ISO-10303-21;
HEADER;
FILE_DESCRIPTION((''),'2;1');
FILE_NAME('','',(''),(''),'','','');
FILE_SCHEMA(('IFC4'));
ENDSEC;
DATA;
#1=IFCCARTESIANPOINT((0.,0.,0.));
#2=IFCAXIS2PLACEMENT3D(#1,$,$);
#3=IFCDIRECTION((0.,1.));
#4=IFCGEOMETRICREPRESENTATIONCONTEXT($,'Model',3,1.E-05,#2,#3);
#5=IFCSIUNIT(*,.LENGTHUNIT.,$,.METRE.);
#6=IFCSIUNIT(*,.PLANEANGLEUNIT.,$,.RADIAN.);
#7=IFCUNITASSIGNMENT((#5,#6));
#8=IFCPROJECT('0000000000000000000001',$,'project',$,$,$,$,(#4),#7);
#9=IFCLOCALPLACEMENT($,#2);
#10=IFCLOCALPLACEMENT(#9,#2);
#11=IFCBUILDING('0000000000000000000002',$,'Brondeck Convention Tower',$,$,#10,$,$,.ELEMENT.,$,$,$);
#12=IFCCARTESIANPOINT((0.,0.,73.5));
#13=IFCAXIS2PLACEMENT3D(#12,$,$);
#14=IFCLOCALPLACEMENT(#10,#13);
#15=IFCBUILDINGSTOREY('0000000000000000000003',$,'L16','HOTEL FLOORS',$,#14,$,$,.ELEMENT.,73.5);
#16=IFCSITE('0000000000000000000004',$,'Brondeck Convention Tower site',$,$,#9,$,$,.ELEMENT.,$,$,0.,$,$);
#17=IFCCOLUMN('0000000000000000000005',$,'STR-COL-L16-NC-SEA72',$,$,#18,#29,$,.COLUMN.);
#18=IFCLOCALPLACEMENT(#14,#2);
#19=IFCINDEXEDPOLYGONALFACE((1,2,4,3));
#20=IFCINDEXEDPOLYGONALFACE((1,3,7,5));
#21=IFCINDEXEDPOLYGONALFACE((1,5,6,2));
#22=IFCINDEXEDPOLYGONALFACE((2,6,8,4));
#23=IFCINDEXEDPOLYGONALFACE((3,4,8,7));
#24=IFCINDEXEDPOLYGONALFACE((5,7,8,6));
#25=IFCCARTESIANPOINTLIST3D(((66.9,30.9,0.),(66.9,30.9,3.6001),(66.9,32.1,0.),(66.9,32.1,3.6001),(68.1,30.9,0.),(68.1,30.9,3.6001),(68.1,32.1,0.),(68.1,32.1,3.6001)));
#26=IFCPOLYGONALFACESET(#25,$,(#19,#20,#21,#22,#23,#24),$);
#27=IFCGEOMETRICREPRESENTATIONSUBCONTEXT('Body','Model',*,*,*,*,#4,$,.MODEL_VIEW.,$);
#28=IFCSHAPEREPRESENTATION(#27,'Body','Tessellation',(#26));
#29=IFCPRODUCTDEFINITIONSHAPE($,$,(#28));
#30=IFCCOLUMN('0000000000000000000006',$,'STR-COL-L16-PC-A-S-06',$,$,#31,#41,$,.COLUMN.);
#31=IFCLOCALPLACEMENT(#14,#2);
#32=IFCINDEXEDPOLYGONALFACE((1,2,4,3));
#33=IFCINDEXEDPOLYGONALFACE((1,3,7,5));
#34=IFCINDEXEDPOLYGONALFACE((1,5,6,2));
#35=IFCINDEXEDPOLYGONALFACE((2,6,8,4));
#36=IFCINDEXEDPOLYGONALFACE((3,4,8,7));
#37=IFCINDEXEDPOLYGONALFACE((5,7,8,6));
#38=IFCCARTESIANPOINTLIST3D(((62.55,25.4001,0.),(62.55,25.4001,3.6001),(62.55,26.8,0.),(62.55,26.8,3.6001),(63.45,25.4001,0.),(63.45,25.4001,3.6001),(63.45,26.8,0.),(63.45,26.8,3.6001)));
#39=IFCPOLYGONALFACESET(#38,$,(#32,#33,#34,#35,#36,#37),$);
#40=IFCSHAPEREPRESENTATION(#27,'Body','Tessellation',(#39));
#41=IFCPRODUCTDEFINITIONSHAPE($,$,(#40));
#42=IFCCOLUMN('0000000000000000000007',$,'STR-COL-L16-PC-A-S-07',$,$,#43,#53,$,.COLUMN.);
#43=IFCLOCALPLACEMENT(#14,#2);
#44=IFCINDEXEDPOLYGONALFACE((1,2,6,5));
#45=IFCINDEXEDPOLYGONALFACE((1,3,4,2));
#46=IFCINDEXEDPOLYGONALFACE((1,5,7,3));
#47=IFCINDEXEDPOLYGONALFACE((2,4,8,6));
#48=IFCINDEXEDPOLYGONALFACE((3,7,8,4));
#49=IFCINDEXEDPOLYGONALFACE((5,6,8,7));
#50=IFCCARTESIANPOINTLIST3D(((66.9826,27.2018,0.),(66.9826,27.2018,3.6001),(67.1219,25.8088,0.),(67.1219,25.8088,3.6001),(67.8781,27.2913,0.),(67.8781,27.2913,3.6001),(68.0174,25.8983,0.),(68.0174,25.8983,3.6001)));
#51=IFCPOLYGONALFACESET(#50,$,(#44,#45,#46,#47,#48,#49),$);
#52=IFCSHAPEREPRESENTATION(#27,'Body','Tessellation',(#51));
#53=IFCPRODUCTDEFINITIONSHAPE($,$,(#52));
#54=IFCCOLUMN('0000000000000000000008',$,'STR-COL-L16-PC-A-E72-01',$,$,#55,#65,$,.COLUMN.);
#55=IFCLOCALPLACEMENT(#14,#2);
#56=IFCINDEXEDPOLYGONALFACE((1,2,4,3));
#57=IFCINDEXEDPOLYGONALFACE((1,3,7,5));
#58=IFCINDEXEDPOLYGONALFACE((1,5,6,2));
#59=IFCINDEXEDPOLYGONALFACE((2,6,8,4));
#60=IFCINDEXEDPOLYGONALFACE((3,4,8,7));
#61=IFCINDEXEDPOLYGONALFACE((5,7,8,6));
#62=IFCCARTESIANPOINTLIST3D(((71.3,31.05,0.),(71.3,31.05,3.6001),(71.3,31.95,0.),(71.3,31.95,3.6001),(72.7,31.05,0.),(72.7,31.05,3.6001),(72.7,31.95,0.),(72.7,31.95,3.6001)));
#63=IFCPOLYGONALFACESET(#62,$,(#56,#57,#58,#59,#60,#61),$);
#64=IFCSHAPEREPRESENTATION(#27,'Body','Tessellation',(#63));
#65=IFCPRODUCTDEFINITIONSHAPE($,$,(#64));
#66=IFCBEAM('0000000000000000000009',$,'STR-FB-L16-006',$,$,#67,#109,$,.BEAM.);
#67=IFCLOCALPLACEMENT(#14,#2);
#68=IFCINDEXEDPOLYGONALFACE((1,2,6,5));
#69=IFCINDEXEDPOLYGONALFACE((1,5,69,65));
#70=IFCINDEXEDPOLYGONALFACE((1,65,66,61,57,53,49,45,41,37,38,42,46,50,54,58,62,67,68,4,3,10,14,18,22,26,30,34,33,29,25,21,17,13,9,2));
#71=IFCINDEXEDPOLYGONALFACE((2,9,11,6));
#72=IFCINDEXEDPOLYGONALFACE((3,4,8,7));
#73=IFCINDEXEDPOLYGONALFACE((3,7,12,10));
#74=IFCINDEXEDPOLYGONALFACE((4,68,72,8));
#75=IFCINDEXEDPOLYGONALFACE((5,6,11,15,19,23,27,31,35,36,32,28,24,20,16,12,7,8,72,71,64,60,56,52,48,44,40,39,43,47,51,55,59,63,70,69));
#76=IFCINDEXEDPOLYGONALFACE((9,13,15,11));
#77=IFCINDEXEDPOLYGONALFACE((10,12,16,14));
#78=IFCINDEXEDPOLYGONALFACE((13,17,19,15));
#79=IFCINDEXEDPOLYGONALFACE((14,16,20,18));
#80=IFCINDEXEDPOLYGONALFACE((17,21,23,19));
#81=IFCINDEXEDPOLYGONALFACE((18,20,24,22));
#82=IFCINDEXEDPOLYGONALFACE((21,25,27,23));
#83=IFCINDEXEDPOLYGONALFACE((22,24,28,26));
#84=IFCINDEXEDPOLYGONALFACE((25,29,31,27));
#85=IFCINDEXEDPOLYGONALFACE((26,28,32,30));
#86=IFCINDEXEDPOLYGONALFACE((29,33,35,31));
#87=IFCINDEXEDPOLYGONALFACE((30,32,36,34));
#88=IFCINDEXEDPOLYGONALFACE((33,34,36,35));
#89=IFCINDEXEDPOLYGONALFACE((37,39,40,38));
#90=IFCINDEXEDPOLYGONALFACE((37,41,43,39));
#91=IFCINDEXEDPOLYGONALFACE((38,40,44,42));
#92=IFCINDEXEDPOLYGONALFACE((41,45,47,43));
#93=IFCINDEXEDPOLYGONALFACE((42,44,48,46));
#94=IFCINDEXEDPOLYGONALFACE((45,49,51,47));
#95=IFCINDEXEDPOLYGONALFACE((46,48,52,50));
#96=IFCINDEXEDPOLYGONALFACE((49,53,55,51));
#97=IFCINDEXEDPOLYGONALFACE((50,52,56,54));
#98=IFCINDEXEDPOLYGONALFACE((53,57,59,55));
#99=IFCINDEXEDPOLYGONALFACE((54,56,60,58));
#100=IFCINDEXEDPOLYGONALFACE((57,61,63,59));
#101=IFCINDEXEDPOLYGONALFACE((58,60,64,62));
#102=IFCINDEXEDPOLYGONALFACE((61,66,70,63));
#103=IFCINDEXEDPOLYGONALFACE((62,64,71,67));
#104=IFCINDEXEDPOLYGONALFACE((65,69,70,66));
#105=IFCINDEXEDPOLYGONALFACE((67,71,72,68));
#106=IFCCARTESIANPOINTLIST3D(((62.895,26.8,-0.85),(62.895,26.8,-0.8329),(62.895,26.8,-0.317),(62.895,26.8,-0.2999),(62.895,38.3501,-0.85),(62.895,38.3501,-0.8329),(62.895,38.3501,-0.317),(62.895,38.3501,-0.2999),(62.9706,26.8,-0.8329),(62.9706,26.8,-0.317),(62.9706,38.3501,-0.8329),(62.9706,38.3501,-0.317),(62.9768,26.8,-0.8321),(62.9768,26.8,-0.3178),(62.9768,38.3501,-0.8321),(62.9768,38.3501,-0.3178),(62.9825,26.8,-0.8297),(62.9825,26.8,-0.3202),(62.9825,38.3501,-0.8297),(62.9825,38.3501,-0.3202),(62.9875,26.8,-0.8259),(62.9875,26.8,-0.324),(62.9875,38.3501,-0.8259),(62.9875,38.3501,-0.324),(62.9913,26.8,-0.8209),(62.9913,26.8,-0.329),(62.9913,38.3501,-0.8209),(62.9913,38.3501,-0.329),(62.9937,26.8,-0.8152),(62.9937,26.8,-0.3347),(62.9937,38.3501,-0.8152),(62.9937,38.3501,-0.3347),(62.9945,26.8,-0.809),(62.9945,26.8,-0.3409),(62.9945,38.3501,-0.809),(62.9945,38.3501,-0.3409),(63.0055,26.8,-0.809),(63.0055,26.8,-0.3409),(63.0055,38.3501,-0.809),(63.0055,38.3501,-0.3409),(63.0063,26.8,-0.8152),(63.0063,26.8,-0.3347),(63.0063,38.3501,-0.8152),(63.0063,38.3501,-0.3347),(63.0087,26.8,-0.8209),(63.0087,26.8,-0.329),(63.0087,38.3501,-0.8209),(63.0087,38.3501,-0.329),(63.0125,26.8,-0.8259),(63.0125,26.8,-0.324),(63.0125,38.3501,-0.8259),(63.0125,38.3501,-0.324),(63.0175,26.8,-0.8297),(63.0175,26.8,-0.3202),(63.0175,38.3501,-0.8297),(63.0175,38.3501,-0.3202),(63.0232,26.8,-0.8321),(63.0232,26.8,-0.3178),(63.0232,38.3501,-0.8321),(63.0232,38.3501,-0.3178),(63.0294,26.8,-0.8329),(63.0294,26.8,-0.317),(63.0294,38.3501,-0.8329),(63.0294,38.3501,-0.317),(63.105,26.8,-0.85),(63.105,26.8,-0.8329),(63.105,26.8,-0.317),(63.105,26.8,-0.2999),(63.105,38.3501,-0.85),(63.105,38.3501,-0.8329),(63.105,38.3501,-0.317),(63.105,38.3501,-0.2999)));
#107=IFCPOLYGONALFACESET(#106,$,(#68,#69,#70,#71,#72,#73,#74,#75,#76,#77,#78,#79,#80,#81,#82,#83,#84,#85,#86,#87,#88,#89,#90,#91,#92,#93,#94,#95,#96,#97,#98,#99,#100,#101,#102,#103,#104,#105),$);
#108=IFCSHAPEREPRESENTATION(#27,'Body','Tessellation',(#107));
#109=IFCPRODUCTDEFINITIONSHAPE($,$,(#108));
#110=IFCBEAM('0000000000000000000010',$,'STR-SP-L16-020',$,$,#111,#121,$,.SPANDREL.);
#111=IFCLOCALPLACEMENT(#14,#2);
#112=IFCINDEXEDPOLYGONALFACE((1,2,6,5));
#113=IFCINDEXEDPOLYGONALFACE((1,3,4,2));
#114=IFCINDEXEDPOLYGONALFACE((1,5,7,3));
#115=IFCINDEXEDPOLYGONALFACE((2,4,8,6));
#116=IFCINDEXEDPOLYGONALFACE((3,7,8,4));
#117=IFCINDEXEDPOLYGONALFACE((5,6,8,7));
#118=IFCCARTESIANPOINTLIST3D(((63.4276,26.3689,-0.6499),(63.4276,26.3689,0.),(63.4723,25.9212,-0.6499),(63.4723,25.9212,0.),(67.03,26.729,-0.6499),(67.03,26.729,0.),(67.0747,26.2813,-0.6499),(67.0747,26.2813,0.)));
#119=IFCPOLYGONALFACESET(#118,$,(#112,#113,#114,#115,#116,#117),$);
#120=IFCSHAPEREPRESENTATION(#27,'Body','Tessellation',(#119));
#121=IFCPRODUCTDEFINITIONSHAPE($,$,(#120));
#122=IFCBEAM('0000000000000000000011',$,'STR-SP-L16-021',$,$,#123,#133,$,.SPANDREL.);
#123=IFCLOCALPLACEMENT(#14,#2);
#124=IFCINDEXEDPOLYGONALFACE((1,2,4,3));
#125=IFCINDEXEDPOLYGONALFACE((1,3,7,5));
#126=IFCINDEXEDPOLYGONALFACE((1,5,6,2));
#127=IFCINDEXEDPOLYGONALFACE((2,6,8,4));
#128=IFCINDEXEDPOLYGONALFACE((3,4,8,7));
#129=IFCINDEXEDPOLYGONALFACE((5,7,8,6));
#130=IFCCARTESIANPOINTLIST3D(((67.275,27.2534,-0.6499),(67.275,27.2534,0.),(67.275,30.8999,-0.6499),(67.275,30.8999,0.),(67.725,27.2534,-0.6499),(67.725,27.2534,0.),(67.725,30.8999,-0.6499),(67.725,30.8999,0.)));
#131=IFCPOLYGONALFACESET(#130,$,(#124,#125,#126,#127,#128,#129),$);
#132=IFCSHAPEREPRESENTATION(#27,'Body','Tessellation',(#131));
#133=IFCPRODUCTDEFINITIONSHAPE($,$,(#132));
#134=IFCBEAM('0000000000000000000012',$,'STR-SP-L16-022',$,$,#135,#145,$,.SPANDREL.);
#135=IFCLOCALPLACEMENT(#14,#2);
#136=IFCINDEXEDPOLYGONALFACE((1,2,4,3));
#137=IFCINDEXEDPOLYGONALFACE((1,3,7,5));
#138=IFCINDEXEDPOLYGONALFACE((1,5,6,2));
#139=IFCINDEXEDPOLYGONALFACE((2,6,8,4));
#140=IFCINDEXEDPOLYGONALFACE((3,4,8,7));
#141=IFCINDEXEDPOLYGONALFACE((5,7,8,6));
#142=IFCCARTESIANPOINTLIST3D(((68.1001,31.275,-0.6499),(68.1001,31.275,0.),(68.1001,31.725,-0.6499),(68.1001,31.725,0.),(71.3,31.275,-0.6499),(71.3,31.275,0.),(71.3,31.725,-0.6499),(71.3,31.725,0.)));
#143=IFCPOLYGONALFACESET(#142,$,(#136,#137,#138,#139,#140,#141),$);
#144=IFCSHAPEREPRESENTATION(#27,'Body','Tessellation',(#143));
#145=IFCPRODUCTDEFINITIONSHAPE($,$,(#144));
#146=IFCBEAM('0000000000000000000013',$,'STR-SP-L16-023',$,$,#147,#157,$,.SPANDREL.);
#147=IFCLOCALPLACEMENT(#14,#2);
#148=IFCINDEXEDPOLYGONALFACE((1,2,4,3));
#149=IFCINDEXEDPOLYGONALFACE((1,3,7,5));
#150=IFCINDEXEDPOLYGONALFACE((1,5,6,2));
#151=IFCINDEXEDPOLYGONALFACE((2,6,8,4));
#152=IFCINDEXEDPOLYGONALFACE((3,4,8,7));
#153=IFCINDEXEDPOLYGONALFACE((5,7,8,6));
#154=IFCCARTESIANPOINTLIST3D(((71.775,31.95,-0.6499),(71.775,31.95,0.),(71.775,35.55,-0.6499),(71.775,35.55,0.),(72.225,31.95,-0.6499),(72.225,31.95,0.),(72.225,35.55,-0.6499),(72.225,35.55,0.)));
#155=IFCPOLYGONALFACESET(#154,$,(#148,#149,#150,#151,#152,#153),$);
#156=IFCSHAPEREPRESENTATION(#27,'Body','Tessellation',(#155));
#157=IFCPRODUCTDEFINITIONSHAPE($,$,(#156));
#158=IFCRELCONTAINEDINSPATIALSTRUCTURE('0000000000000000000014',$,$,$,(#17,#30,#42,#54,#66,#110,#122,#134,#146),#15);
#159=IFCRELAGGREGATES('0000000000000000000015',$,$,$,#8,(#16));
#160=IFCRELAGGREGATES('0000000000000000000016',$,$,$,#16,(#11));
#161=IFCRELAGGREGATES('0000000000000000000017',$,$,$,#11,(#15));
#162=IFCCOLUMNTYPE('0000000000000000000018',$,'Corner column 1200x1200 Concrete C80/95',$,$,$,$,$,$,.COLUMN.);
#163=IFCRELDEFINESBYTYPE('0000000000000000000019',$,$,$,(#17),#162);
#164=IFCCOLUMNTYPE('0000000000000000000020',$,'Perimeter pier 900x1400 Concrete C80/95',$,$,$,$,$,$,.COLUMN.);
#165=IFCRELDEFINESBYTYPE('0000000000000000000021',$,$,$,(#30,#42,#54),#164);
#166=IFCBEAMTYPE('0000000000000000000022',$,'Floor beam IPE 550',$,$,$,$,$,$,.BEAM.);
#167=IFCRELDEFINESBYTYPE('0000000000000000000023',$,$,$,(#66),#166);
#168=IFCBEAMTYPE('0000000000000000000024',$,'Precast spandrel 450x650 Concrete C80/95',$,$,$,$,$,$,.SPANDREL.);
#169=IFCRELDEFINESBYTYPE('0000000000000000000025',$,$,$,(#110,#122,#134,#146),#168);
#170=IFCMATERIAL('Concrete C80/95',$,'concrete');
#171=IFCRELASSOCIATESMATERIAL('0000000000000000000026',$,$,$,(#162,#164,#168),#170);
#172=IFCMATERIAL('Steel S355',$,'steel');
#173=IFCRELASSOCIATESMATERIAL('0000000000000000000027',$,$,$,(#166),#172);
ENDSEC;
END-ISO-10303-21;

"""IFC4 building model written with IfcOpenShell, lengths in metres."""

from ifc_helpers import new_model, si_unit, direction, frame, origin, origin_2d, place, context, subcontext, project, spatial, rectangle, i_section, extrude, material, material_profile, profile_set, type_object, element, save


model = new_model("IFC4")

# Units and contexts
model_context = context("Model", 3, precision=1e-05, world=origin(), true_north=direction((0.0, 1.0)))
body_context = subcontext(model_context, "Body", "Model", "MODEL_VIEW")
ifc_project = project(units=[si_unit("LENGTHUNIT", "METRE"), si_unit("PLANEANGLEUNIT", "RADIAN")], contexts=[model_context])

# Site, building, storey
site_placement = place(None, origin())
site = spatial("IfcSite", under=ifc_project, at=site_placement, Name="Brondeck Convention Tower site", CompositionType="ELEMENT", RefElevation=0.0)
building_placement = place(site_placement, origin())
building = spatial("IfcBuilding", under=site, at=building_placement, Name="Brondeck Convention Tower", CompositionType="ELEMENT")
storey_placement = place(building_placement, frame((0.0, 0.0, 73.5)))
storey = spatial("IfcBuildingStorey", under=building, at=storey_placement, Name="L16", Description="HOTEL FLOORS", CompositionType="ELEMENT", Elevation=73.5)

# Columns
ifc_material_1 = material(Name="Concrete C80/95", Category="concrete")
ifc_material_profile_1 = material_profile(ifc_material_1, rectangle(XDim=1.2, YDim=1.2, at=origin_2d()), Name="Corner column 1200x1200 Concrete C80/95")
ifc_profile_set_1 = profile_set([ifc_material_profile_1], Name="Concrete C80/95")
column_type_1 = type_object("IfcColumnType", Name="Corner column 1200x1200 Concrete C80/95", PredefinedType="COLUMN", material=ifc_profile_set_1)
column_placement = place(storey_placement, frame((67.5, 31.5, 0.0), z_axis=(0.0, 0.0, 1.0), x_axis=(1.0, 0.0, 0.0)))
element("IfcColumn", 1, at=column_placement, inside=storey, type_object=column_type_1, Name="STR-COL-L16-NC-SEA72", PredefinedType="COLUMN", context=body_context, shape_type="SweptSolid", body=[
    extrude(rectangle(XDim=1.2, YDim=1.2, at=origin_2d()), origin(), (0.0, 0.0, 1.0), 3.6001),
])
ifc_material_profile_2 = material_profile(ifc_material_1, rectangle(XDim=0.8999, YDim=1.3999, at=origin_2d()), Name="Perimeter pier 900x1400 Concrete C80/95")
ifc_profile_set_2 = profile_set([ifc_material_profile_2], Name="Concrete C80/95")
column_type_2 = type_object("IfcColumnType", Name="Perimeter pier 900x1400 Concrete C80/95", PredefinedType="COLUMN", material=ifc_profile_set_2)
for number, where, z_axis, x_axis, name in (
    (2, (63.0, 26.1001, 0.0), (0.0, 0.0, 1.0), (1.0, 0.0, 0.0), "STR-COL-L16-PC-A-S-06"),
    (3, (67.5, 26.55, 0.0), (0.0, 0.0, 1.0), (0.995037, 0.099504, 0.0), "STR-COL-L16-PC-A-S-07"),
    (4, (72.0, 31.5, 0.0), (0.0, 0.0, 1.0), (0.0, 1.0, 0.0), "STR-COL-L16-PC-A-E72-01"),
):
    element("IfcColumn", number, at=place(storey_placement, frame(where, z_axis=z_axis, x_axis=x_axis)), inside=storey, type_object=column_type_2, Name=name, PredefinedType="COLUMN", context=body_context, shape_type="SweptSolid", body=[
        extrude(rectangle(XDim=0.8999, YDim=1.3999, at=origin_2d()), origin(), (0.0, 0.0, 1.0), 3.6001),
    ])

# Beams
ifc_material_2 = material(Name="Steel S355", Category="steel")
ifc_material_profile_3 = material_profile(ifc_material_2, i_section(OverallWidth=0.21, OverallDepth=0.55, WebThickness=0.011, FlangeThickness=0.0171, FilletRadius=0.0239, at=origin_2d()), Name="IPE 550")
ifc_profile_set_3 = profile_set([ifc_material_profile_3], Name="Steel S355")
beam_type_1 = type_object("IfcBeamType", Name="Floor beam IPE 550", PredefinedType="BEAM", material=ifc_profile_set_3)
beam_1_placement = place(storey_placement, frame((63.0, 26.8, -0.575), z_axis=(0.0, 1.0, 0.0), x_axis=(-1.0, 0.0, 0.0)))
element("IfcBeam", 5, at=beam_1_placement, inside=storey, type_object=beam_type_1, Name="STR-FB-L16-006", PredefinedType="BEAM", context=body_context, shape_type="SweptSolid", body=[
    extrude(i_section(OverallWidth=0.21, OverallDepth=0.55, WebThickness=0.011, FlangeThickness=0.0171, FilletRadius=0.0239, at=origin_2d()), origin(), (0.0, 0.0, 1.0), 11.55),
])
ifc_material_profile_4 = material_profile(ifc_material_1, rectangle(XDim=0.45, YDim=0.6499, at=origin_2d()), Name="Precast spandrel 450x650 Concrete C80/95")
ifc_profile_set_4 = profile_set([ifc_material_profile_4], Name="Concrete C80/95")
beam_type_2 = type_object("IfcBeamType", Name="Precast spandrel 450x650 Concrete C80/95", PredefinedType="SPANDREL", material=ifc_profile_set_4)
beam_2_placement = place(storey_placement, frame((63.45, 26.145, -0.325), z_axis=(0.995041, 0.09947, 0.0), x_axis=(-0.09947, 0.995041, 0.0)))
element("IfcBeam", 6, at=beam_2_placement, inside=storey, type_object=beam_type_2, Name="STR-SP-L16-020", PredefinedType="SPANDREL", context=body_context, shape_type="SweptSolid", body=[
    extrude(rectangle(XDim=0.45, YDim=0.6499, at=origin_2d()), origin(), (0.0, 0.0, 1.0), 3.6204),
])
beam_3_placement = place(storey_placement, frame((67.5, 27.2534, -0.325), z_axis=(0.0, 1.0, 0.0), x_axis=(-1.0, 0.0, 0.0)))
element("IfcBeam", 7, at=beam_3_placement, inside=storey, type_object=beam_type_2, Name="STR-SP-L16-021", PredefinedType="SPANDREL", context=body_context, shape_type="SweptSolid", body=[
    extrude(rectangle(XDim=0.45, YDim=0.6499, at=origin_2d()), origin(), (0.0, 0.0, 1.0), 3.6465),
])
beam_4_placement = place(storey_placement, frame((68.1001, 31.5, -0.325), z_axis=(1.0, 0.0, 0.0), x_axis=(0.0, 1.0, 0.0)))
element("IfcBeam", 8, at=beam_4_placement, inside=storey, type_object=beam_type_2, Name="STR-SP-L16-022", PredefinedType="SPANDREL", context=body_context, shape_type="SweptSolid", body=[
    extrude(rectangle(XDim=0.45, YDim=0.6499, at=origin_2d()), origin(), (0.0, 0.0, 1.0), 3.2),
])
beam_5_placement = place(storey_placement, frame((72.0, 31.95, -0.325), z_axis=(0.0, 1.0, 0.0), x_axis=(-1.0, 0.0, 0.0)))
element("IfcBeam", 9, at=beam_5_placement, inside=storey, type_object=beam_type_2, Name="STR-SP-L16-023", PredefinedType="SPANDREL", context=body_context, shape_type="SweptSolid", body=[
    extrude(rectangle(XDim=0.45, YDim=0.6499, at=origin_2d()), origin(), (0.0, 0.0, 1.0), 3.6001),
])

save(model, "model.ifc")
